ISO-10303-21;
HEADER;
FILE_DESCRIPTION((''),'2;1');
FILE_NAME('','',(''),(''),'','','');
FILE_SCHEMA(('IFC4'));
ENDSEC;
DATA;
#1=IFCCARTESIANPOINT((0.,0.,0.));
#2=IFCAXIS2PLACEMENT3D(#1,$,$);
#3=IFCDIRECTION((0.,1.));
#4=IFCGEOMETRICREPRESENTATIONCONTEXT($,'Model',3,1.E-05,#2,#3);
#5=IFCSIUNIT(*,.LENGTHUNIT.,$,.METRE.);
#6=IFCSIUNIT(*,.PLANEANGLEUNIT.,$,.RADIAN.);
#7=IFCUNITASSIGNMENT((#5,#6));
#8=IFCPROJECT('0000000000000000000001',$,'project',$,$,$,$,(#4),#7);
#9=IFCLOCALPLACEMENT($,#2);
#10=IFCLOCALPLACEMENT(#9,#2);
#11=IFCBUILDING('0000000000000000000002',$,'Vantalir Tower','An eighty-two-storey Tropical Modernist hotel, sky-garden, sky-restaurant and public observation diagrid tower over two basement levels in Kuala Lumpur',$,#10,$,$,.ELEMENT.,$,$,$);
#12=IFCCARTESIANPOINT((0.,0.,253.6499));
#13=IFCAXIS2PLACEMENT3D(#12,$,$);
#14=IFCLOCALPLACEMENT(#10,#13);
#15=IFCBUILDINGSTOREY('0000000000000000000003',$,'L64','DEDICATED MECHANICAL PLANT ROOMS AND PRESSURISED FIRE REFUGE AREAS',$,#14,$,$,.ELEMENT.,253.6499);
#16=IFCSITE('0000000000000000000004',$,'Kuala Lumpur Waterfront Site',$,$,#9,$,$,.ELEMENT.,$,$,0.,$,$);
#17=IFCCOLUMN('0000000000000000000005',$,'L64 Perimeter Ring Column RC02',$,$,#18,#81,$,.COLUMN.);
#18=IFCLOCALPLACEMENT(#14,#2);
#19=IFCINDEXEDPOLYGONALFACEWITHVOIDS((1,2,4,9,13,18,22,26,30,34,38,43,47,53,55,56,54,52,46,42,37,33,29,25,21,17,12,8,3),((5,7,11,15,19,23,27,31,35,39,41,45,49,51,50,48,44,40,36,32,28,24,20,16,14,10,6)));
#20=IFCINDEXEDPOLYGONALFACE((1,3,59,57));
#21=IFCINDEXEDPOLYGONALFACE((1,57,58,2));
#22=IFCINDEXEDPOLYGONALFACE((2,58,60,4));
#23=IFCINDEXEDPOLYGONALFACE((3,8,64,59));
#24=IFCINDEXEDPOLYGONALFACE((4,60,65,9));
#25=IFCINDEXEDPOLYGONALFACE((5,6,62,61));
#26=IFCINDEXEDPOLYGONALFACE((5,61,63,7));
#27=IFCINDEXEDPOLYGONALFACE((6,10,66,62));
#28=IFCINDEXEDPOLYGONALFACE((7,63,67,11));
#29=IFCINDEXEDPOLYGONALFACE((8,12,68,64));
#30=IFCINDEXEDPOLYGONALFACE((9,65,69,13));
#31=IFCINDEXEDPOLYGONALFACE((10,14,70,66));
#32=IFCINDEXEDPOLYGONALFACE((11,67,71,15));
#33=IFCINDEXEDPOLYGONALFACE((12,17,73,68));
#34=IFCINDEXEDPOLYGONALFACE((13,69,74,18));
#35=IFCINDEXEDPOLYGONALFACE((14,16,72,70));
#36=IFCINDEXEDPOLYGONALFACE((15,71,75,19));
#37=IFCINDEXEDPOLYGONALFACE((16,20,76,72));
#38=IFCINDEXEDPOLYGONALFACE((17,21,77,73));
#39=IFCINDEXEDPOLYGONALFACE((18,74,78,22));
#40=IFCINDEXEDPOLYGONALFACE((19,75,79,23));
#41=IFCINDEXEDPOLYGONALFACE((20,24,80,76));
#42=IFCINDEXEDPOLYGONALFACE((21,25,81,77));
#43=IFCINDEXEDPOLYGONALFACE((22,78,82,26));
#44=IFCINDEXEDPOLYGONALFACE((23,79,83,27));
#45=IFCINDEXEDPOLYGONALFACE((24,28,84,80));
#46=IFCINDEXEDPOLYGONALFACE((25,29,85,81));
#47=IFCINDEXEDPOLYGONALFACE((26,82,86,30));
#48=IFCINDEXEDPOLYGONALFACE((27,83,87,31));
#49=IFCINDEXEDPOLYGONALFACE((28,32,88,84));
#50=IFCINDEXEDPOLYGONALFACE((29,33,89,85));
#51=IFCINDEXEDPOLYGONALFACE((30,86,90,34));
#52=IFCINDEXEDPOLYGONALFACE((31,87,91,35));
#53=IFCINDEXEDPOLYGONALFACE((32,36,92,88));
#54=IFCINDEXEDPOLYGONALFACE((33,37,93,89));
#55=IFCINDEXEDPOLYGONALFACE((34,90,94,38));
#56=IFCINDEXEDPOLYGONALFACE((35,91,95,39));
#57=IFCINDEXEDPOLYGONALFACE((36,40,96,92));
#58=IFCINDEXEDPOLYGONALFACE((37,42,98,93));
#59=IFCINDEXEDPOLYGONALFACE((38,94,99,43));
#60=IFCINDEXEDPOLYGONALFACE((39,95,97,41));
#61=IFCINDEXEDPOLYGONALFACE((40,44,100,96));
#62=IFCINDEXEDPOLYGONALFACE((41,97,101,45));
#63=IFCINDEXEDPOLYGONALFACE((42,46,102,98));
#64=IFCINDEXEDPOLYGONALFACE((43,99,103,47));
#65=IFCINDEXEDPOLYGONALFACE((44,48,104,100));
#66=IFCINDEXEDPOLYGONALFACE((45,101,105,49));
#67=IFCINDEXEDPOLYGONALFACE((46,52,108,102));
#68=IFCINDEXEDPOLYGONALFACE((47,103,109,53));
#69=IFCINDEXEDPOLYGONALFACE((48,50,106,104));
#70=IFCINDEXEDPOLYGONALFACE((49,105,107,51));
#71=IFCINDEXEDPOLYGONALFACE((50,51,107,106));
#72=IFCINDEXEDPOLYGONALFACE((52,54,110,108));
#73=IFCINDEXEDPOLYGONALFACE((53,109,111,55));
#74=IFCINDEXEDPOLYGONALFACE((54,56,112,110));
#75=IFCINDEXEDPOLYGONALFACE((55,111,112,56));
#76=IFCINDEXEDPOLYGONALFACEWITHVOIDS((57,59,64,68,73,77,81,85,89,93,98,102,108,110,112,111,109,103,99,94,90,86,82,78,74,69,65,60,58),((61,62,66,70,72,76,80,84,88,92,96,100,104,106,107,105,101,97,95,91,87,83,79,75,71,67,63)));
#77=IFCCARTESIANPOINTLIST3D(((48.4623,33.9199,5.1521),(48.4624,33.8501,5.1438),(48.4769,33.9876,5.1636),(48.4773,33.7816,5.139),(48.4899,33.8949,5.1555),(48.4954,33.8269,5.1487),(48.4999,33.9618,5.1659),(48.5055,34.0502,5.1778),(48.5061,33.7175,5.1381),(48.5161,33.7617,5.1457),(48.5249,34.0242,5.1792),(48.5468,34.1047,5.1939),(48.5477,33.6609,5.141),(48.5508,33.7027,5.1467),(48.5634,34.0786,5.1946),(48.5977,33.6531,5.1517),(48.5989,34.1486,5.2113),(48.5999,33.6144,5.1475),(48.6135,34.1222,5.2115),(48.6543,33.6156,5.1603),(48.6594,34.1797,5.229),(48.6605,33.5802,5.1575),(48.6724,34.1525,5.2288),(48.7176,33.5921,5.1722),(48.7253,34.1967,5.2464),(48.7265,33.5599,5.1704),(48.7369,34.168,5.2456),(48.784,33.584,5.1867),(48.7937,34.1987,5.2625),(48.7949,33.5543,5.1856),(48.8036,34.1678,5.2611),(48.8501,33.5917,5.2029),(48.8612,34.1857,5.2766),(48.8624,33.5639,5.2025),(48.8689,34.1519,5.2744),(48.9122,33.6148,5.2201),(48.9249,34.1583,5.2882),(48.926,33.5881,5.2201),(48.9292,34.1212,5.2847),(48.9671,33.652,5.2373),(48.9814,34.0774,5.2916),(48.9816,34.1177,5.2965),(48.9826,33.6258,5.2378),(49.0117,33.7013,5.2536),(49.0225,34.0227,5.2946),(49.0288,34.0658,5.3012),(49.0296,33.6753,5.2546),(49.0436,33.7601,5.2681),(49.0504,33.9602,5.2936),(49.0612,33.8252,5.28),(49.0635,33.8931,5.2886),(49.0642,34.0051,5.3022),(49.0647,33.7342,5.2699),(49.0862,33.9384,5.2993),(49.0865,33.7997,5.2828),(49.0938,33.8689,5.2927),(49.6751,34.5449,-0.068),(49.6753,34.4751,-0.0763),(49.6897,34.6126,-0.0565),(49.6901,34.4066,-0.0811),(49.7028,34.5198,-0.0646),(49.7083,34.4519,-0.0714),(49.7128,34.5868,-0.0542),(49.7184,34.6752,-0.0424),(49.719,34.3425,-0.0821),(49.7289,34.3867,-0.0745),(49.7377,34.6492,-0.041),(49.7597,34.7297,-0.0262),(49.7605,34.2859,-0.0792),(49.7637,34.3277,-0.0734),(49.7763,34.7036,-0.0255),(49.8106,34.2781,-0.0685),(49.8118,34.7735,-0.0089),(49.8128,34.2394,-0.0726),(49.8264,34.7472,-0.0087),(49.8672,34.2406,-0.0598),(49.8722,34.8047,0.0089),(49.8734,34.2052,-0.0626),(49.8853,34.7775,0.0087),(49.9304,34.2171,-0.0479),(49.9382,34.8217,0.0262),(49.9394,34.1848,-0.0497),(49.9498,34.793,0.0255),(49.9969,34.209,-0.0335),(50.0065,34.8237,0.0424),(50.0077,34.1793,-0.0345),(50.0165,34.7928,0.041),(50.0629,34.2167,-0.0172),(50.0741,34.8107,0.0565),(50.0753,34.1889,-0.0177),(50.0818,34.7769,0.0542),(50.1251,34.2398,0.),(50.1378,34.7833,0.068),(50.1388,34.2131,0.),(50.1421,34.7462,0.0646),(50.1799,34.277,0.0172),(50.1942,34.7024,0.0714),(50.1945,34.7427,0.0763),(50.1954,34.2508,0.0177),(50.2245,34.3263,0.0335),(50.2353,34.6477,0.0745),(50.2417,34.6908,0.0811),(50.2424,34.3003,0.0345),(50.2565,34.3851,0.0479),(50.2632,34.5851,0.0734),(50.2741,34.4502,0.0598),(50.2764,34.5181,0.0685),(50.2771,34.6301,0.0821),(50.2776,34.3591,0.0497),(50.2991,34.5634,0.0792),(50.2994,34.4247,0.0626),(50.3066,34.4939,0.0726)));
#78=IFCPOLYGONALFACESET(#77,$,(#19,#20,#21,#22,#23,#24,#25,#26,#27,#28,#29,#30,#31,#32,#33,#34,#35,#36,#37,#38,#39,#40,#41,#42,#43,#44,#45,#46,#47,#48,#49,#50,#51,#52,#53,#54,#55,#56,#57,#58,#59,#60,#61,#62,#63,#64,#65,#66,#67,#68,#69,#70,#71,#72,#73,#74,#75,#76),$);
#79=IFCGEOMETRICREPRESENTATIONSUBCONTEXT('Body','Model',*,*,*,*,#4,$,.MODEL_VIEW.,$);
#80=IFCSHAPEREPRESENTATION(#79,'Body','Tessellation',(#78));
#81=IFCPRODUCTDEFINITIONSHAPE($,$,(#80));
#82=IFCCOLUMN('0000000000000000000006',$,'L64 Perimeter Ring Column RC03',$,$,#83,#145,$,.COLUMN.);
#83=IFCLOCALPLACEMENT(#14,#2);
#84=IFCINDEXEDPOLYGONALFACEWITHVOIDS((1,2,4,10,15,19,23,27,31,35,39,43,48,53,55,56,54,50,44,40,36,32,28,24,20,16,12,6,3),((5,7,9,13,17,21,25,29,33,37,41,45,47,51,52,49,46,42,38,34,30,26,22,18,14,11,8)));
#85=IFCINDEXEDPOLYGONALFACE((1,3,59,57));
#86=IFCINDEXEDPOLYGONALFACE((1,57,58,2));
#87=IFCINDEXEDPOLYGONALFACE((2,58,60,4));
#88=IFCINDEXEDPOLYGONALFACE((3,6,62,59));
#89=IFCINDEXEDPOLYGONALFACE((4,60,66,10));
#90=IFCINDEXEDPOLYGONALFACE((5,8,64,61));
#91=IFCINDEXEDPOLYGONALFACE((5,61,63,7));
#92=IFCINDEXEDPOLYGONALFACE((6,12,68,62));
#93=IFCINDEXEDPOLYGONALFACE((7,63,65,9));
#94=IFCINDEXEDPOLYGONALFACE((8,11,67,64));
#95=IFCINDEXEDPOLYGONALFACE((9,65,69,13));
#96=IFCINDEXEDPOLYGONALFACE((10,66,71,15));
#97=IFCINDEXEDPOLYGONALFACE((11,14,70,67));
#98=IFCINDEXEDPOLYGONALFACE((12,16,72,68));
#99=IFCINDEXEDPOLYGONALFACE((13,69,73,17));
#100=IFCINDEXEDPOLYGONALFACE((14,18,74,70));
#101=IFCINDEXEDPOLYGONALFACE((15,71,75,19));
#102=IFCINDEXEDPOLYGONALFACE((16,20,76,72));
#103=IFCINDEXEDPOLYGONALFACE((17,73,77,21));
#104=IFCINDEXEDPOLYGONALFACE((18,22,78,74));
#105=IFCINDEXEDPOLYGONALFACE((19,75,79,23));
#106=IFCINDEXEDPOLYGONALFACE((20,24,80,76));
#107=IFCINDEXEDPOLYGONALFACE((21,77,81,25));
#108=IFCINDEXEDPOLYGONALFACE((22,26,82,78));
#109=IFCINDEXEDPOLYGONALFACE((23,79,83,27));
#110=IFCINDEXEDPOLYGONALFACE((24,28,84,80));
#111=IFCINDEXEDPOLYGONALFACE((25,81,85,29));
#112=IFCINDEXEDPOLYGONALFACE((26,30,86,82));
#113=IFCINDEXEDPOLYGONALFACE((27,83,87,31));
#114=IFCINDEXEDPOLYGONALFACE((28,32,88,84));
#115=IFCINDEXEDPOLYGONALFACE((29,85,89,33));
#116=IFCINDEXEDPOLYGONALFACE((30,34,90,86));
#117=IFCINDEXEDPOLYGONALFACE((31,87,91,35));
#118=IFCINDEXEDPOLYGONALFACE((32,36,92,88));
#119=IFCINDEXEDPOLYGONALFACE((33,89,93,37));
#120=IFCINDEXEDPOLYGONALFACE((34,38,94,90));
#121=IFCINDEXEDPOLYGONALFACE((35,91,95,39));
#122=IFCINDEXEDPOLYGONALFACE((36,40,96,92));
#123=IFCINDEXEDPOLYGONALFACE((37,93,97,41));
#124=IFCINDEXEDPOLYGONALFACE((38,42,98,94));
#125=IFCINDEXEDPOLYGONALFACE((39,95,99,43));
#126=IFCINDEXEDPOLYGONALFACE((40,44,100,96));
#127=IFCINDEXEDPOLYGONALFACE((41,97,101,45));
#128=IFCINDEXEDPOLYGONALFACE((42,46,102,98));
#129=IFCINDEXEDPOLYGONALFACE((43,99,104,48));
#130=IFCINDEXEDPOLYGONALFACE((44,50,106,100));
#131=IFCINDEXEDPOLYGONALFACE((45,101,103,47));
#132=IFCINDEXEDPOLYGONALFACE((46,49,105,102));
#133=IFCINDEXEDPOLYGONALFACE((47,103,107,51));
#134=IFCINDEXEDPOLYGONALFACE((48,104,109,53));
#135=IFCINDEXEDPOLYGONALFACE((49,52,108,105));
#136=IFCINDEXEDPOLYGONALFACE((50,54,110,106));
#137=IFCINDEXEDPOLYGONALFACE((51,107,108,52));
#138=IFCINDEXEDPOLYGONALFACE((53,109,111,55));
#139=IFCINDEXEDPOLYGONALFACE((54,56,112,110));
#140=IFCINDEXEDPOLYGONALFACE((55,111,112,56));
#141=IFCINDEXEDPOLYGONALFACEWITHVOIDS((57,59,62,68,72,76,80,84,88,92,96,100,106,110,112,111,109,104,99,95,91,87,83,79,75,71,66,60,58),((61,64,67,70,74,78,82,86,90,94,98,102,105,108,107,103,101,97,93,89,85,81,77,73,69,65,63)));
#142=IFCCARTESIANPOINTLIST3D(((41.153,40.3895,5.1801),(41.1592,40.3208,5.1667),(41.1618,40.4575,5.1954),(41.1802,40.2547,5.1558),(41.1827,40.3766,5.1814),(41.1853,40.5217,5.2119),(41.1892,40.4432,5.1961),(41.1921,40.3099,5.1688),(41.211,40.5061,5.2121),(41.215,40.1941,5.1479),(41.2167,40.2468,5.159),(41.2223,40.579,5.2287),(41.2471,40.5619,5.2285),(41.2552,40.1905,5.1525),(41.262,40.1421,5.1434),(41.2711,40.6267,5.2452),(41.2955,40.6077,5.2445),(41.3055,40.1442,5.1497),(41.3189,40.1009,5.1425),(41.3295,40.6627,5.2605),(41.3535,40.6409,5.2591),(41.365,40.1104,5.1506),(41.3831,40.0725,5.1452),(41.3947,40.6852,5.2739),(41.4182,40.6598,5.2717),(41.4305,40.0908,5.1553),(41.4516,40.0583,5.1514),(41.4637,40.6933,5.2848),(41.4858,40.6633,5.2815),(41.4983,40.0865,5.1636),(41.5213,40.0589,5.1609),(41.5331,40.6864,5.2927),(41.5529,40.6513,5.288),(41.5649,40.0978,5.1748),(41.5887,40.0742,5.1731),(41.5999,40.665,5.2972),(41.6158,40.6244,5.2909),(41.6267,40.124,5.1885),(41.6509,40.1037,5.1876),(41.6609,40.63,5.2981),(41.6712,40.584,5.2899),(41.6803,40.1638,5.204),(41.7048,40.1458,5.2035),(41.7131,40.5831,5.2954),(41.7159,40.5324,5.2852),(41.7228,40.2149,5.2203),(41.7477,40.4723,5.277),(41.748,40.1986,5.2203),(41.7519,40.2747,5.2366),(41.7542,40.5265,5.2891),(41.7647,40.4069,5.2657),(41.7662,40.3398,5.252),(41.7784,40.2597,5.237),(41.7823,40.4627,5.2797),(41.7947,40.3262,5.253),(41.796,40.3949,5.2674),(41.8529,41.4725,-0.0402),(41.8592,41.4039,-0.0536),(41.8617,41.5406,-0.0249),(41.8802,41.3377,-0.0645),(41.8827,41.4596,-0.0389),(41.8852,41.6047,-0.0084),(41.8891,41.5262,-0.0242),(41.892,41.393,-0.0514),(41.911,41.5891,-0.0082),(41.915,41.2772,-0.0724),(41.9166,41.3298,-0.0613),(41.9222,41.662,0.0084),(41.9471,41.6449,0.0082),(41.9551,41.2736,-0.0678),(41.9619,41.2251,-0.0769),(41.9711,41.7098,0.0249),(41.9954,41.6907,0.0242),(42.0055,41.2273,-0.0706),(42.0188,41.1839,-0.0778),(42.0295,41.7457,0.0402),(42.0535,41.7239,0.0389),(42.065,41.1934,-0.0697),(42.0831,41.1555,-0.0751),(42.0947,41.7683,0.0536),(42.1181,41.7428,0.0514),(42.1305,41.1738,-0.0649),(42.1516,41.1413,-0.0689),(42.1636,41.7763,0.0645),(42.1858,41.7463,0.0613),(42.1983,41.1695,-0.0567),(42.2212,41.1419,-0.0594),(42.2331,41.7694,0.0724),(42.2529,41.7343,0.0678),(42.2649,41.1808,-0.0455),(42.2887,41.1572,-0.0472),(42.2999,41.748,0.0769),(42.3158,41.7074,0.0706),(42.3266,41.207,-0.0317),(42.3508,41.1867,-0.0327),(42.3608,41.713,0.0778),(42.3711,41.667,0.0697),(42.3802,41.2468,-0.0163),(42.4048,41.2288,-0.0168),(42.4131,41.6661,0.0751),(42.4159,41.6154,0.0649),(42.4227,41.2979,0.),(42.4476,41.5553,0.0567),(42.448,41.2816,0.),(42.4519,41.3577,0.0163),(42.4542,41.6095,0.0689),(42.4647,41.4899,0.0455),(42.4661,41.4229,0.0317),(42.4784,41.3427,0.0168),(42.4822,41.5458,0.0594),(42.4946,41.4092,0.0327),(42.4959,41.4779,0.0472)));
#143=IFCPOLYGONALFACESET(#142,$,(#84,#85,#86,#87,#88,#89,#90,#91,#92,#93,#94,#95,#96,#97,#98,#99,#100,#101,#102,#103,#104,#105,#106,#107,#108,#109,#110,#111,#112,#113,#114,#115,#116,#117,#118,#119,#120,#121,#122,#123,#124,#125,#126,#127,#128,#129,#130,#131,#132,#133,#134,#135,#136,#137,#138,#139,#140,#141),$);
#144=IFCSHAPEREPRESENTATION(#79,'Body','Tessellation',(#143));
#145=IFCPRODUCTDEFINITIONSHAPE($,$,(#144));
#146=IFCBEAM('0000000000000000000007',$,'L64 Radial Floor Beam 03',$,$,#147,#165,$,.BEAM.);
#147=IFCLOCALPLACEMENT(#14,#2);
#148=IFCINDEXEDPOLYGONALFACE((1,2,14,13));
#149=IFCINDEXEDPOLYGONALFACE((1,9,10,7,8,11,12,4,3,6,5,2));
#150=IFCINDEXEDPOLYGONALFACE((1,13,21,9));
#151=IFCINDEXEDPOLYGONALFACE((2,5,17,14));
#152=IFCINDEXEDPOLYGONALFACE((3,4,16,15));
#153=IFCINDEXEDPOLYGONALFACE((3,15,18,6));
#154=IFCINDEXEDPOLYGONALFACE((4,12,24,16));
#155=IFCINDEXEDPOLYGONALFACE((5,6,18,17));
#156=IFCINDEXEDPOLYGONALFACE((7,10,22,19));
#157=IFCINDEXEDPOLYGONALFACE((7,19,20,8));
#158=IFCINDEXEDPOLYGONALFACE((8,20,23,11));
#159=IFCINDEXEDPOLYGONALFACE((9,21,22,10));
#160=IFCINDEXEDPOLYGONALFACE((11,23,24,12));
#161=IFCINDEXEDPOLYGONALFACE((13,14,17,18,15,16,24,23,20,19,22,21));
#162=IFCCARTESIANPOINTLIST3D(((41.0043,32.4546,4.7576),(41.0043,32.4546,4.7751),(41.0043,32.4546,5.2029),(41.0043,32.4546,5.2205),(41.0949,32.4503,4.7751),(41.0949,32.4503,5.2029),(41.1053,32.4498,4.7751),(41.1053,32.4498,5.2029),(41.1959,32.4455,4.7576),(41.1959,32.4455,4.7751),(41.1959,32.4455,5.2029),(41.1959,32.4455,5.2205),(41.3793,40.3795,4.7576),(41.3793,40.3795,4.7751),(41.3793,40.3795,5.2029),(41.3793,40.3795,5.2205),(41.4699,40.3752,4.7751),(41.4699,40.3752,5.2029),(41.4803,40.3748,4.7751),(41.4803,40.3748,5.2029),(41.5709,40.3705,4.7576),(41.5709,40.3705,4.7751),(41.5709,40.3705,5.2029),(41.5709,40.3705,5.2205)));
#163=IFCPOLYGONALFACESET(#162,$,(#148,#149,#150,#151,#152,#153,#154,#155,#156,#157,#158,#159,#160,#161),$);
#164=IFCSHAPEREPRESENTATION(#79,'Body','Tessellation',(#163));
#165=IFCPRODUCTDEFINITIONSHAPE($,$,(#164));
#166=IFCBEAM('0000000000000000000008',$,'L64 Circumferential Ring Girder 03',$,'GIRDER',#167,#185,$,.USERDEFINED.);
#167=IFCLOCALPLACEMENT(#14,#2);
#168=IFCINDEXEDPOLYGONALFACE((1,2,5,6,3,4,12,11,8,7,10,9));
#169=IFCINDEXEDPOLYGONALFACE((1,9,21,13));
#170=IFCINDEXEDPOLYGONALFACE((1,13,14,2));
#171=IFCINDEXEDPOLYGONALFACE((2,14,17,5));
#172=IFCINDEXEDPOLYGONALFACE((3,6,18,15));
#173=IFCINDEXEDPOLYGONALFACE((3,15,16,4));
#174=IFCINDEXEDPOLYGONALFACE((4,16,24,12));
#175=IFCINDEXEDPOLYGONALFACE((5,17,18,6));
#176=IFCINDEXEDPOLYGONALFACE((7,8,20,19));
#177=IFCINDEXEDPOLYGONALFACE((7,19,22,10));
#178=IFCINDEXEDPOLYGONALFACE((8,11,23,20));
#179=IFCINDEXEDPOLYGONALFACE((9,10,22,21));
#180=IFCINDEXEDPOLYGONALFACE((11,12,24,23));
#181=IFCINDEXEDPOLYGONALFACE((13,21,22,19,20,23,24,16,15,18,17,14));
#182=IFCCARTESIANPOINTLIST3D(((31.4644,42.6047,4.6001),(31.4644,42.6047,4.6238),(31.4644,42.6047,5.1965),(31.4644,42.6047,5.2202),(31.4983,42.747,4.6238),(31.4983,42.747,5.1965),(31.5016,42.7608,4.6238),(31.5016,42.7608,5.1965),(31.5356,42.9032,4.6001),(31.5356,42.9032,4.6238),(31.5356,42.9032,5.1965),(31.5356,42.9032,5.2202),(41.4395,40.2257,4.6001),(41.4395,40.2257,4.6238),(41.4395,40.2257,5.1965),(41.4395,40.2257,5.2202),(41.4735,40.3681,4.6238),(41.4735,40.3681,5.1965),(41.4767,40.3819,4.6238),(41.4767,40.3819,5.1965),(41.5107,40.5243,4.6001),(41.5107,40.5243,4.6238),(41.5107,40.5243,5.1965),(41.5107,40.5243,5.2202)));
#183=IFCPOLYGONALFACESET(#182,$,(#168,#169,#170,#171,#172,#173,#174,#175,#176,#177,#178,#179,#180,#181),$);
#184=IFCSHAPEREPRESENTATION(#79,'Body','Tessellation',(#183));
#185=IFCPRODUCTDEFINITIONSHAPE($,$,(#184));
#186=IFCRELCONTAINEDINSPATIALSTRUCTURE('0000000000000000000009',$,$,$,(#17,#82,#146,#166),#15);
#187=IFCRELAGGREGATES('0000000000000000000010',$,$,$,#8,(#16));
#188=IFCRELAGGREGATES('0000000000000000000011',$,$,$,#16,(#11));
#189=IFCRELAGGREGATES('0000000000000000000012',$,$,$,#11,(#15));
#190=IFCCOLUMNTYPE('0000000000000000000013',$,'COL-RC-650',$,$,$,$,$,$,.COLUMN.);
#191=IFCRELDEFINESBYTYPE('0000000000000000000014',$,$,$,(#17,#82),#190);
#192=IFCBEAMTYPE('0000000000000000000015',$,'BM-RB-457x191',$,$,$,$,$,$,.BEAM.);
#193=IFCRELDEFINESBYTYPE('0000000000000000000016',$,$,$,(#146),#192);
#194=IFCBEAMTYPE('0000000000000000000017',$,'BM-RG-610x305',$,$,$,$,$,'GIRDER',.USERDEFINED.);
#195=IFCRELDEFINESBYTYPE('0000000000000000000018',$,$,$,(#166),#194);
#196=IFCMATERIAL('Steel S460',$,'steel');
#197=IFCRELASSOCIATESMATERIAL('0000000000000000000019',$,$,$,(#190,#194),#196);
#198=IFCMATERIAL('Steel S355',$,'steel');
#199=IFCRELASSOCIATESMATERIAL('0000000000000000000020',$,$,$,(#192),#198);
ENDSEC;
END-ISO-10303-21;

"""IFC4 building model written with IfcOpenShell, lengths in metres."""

from ifc_helpers import new_model, si_unit, direction, frame, origin, origin_2d, place, context, subcontext, project, spatial, hollow_circle, i_section, extrude, material, material_profile, profile_set, type_object, element, save


model = new_model("IFC4")

# Units and contexts
model_context = context("Model", 3, precision=1e-05, world=origin(), true_north=direction((0.0, 1.0)))
body_context = subcontext(model_context, "Body", "Model", "MODEL_VIEW")
ifc_project = project(units=[si_unit("LENGTHUNIT", "METRE"), si_unit("PLANEANGLEUNIT", "RADIAN")], contexts=[model_context])

# Site, building, storey
site_placement = place(None, origin())
site = spatial("IfcSite", under=ifc_project, at=site_placement, Name="Kuala Lumpur Waterfront Site", CompositionType="ELEMENT", RefElevation=0.0)
building_placement = place(site_placement, origin())
building = spatial("IfcBuilding", under=site, at=building_placement, Name="Vantalir Tower", Description="An eighty-two-storey Tropical Modernist hotel, sky-garden, sky-restaurant and public observation diagrid tower over two basement levels in Kuala Lumpur", CompositionType="ELEMENT")
storey_placement = place(building_placement, frame((0.0, 0.0, 253.6499)))
storey = spatial("IfcBuildingStorey", under=building, at=storey_placement, Name="L64", Description="DEDICATED MECHANICAL PLANT ROOMS AND PRESSURISED FIRE REFUGE AREAS", CompositionType="ELEMENT", Elevation=253.6499)

# Columns
ifc_material_1 = material(Name="Steel S460", Category="steel")
ifc_material_profile_1 = material_profile(ifc_material_1, hollow_circle(Radius=0.325, WallThickness=0.03, at=origin_2d()), Name="Steel S460")
ifc_profile_set_1 = profile_set([ifc_material_profile_1], Name="Steel S460")
column_type = type_object("IfcColumnType", Name="COL-RC-650", PredefinedType="COLUMN", material=ifc_profile_set_1)
column_1_placement = place(storey_placement, frame((49.99, 34.502, 0.0), z_axis=(-0.224793, -0.115835, 0.967497), x_axis=(0.458059, -0.888922, 0.0)))
element("IfcColumn", 1, at=column_1_placement, inside=storey, type_object=column_type, Name="L64 Perimeter Ring Column RC02", PredefinedType="COLUMN", context=body_context, shape_type="SweptSolid", body=[
    extrude(hollow_circle(Radius=0.325, WallThickness=0.03, at=origin_2d()), origin(), (0.0, 0.0, 1.0), 5.3955),
])
column_2_placement = place(storey_placement, frame((42.175, 41.458, 0.0), z_axis=(-0.130172, -0.20141, 0.970819), x_axis=(0.83986, -0.542804, 0.0)))
element("IfcColumn", 2, at=column_2_placement, inside=storey, type_object=column_type, Name="L64 Perimeter Ring Column RC03", PredefinedType="COLUMN", context=body_context, shape_type="SweptSolid", body=[
    extrude(hollow_circle(Radius=0.325, WallThickness=0.03, at=origin_2d()), origin(), (0.0, 0.0, 1.0), 5.3772),
])

# Beams
ifc_material_2 = material(Name="Steel S355", Category="steel")
ifc_material_profile_2 = material_profile(ifc_material_2, i_section(OverallWidth=0.1919, OverallDepth=0.4629, WebThickness=0.0105, FlangeThickness=0.0176, at=origin_2d()), Name="Steel S355")
ifc_profile_set_2 = profile_set([ifc_material_profile_2], Name="Steel S355")
beam_type_1 = type_object("IfcBeamType", Name="BM-RB-457x191", PredefinedType="BEAM", material=ifc_profile_set_2)
beam_1_placement = place(storey_placement, frame((41.4751, 40.375, 4.989), z_axis=(-0.047265, -0.998882, 0.0), x_axis=(0.998882, -0.047265, 0.0)))
element("IfcBeam", 3, at=beam_1_placement, inside=storey, type_object=beam_type_1, Name="L64 Radial Floor Beam 03", PredefinedType="BEAM", context=body_context, shape_type="SweptSolid", body=[
    extrude(i_section(OverallWidth=0.1919, OverallDepth=0.4629, WebThickness=0.0105, FlangeThickness=0.0176, at=origin_2d()), origin(), (0.0, 0.0, 1.0), 7.9338),
])
ifc_material_profile_3 = material_profile(ifc_material_1, i_section(OverallWidth=0.3069, OverallDepth=0.6201, WebThickness=0.0142, FlangeThickness=0.0237, at=origin_2d()), Name="Steel S460")
ifc_profile_set_3 = profile_set([ifc_material_profile_3], Name="Steel S460")
beam_type_2 = type_object("IfcBeamType", Name="BM-RG-610x305", ElementType="GIRDER", PredefinedType="USERDEFINED", material=ifc_profile_set_3)
beam_2_placement = place(storey_placement, frame((41.4751, 40.375, 4.9102), z_axis=(-0.972721, 0.231979, 0.0), x_axis=(-0.231979, -0.972721, 0.0)))
element("IfcBeam", 4, at=beam_2_placement, inside=storey, type_object=beam_type_2, Name="L64 Circumferential Ring Girder 03", ObjectType="GIRDER", PredefinedType="USERDEFINED", context=body_context, shape_type="SweptSolid", body=[
    extrude(i_section(OverallWidth=0.3069, OverallDepth=0.6201, WebThickness=0.0142, FlangeThickness=0.0237, at=origin_2d()), origin(), (0.0, 0.0, 1.0), 10.2549),
])

save(model, "model.ifc")
